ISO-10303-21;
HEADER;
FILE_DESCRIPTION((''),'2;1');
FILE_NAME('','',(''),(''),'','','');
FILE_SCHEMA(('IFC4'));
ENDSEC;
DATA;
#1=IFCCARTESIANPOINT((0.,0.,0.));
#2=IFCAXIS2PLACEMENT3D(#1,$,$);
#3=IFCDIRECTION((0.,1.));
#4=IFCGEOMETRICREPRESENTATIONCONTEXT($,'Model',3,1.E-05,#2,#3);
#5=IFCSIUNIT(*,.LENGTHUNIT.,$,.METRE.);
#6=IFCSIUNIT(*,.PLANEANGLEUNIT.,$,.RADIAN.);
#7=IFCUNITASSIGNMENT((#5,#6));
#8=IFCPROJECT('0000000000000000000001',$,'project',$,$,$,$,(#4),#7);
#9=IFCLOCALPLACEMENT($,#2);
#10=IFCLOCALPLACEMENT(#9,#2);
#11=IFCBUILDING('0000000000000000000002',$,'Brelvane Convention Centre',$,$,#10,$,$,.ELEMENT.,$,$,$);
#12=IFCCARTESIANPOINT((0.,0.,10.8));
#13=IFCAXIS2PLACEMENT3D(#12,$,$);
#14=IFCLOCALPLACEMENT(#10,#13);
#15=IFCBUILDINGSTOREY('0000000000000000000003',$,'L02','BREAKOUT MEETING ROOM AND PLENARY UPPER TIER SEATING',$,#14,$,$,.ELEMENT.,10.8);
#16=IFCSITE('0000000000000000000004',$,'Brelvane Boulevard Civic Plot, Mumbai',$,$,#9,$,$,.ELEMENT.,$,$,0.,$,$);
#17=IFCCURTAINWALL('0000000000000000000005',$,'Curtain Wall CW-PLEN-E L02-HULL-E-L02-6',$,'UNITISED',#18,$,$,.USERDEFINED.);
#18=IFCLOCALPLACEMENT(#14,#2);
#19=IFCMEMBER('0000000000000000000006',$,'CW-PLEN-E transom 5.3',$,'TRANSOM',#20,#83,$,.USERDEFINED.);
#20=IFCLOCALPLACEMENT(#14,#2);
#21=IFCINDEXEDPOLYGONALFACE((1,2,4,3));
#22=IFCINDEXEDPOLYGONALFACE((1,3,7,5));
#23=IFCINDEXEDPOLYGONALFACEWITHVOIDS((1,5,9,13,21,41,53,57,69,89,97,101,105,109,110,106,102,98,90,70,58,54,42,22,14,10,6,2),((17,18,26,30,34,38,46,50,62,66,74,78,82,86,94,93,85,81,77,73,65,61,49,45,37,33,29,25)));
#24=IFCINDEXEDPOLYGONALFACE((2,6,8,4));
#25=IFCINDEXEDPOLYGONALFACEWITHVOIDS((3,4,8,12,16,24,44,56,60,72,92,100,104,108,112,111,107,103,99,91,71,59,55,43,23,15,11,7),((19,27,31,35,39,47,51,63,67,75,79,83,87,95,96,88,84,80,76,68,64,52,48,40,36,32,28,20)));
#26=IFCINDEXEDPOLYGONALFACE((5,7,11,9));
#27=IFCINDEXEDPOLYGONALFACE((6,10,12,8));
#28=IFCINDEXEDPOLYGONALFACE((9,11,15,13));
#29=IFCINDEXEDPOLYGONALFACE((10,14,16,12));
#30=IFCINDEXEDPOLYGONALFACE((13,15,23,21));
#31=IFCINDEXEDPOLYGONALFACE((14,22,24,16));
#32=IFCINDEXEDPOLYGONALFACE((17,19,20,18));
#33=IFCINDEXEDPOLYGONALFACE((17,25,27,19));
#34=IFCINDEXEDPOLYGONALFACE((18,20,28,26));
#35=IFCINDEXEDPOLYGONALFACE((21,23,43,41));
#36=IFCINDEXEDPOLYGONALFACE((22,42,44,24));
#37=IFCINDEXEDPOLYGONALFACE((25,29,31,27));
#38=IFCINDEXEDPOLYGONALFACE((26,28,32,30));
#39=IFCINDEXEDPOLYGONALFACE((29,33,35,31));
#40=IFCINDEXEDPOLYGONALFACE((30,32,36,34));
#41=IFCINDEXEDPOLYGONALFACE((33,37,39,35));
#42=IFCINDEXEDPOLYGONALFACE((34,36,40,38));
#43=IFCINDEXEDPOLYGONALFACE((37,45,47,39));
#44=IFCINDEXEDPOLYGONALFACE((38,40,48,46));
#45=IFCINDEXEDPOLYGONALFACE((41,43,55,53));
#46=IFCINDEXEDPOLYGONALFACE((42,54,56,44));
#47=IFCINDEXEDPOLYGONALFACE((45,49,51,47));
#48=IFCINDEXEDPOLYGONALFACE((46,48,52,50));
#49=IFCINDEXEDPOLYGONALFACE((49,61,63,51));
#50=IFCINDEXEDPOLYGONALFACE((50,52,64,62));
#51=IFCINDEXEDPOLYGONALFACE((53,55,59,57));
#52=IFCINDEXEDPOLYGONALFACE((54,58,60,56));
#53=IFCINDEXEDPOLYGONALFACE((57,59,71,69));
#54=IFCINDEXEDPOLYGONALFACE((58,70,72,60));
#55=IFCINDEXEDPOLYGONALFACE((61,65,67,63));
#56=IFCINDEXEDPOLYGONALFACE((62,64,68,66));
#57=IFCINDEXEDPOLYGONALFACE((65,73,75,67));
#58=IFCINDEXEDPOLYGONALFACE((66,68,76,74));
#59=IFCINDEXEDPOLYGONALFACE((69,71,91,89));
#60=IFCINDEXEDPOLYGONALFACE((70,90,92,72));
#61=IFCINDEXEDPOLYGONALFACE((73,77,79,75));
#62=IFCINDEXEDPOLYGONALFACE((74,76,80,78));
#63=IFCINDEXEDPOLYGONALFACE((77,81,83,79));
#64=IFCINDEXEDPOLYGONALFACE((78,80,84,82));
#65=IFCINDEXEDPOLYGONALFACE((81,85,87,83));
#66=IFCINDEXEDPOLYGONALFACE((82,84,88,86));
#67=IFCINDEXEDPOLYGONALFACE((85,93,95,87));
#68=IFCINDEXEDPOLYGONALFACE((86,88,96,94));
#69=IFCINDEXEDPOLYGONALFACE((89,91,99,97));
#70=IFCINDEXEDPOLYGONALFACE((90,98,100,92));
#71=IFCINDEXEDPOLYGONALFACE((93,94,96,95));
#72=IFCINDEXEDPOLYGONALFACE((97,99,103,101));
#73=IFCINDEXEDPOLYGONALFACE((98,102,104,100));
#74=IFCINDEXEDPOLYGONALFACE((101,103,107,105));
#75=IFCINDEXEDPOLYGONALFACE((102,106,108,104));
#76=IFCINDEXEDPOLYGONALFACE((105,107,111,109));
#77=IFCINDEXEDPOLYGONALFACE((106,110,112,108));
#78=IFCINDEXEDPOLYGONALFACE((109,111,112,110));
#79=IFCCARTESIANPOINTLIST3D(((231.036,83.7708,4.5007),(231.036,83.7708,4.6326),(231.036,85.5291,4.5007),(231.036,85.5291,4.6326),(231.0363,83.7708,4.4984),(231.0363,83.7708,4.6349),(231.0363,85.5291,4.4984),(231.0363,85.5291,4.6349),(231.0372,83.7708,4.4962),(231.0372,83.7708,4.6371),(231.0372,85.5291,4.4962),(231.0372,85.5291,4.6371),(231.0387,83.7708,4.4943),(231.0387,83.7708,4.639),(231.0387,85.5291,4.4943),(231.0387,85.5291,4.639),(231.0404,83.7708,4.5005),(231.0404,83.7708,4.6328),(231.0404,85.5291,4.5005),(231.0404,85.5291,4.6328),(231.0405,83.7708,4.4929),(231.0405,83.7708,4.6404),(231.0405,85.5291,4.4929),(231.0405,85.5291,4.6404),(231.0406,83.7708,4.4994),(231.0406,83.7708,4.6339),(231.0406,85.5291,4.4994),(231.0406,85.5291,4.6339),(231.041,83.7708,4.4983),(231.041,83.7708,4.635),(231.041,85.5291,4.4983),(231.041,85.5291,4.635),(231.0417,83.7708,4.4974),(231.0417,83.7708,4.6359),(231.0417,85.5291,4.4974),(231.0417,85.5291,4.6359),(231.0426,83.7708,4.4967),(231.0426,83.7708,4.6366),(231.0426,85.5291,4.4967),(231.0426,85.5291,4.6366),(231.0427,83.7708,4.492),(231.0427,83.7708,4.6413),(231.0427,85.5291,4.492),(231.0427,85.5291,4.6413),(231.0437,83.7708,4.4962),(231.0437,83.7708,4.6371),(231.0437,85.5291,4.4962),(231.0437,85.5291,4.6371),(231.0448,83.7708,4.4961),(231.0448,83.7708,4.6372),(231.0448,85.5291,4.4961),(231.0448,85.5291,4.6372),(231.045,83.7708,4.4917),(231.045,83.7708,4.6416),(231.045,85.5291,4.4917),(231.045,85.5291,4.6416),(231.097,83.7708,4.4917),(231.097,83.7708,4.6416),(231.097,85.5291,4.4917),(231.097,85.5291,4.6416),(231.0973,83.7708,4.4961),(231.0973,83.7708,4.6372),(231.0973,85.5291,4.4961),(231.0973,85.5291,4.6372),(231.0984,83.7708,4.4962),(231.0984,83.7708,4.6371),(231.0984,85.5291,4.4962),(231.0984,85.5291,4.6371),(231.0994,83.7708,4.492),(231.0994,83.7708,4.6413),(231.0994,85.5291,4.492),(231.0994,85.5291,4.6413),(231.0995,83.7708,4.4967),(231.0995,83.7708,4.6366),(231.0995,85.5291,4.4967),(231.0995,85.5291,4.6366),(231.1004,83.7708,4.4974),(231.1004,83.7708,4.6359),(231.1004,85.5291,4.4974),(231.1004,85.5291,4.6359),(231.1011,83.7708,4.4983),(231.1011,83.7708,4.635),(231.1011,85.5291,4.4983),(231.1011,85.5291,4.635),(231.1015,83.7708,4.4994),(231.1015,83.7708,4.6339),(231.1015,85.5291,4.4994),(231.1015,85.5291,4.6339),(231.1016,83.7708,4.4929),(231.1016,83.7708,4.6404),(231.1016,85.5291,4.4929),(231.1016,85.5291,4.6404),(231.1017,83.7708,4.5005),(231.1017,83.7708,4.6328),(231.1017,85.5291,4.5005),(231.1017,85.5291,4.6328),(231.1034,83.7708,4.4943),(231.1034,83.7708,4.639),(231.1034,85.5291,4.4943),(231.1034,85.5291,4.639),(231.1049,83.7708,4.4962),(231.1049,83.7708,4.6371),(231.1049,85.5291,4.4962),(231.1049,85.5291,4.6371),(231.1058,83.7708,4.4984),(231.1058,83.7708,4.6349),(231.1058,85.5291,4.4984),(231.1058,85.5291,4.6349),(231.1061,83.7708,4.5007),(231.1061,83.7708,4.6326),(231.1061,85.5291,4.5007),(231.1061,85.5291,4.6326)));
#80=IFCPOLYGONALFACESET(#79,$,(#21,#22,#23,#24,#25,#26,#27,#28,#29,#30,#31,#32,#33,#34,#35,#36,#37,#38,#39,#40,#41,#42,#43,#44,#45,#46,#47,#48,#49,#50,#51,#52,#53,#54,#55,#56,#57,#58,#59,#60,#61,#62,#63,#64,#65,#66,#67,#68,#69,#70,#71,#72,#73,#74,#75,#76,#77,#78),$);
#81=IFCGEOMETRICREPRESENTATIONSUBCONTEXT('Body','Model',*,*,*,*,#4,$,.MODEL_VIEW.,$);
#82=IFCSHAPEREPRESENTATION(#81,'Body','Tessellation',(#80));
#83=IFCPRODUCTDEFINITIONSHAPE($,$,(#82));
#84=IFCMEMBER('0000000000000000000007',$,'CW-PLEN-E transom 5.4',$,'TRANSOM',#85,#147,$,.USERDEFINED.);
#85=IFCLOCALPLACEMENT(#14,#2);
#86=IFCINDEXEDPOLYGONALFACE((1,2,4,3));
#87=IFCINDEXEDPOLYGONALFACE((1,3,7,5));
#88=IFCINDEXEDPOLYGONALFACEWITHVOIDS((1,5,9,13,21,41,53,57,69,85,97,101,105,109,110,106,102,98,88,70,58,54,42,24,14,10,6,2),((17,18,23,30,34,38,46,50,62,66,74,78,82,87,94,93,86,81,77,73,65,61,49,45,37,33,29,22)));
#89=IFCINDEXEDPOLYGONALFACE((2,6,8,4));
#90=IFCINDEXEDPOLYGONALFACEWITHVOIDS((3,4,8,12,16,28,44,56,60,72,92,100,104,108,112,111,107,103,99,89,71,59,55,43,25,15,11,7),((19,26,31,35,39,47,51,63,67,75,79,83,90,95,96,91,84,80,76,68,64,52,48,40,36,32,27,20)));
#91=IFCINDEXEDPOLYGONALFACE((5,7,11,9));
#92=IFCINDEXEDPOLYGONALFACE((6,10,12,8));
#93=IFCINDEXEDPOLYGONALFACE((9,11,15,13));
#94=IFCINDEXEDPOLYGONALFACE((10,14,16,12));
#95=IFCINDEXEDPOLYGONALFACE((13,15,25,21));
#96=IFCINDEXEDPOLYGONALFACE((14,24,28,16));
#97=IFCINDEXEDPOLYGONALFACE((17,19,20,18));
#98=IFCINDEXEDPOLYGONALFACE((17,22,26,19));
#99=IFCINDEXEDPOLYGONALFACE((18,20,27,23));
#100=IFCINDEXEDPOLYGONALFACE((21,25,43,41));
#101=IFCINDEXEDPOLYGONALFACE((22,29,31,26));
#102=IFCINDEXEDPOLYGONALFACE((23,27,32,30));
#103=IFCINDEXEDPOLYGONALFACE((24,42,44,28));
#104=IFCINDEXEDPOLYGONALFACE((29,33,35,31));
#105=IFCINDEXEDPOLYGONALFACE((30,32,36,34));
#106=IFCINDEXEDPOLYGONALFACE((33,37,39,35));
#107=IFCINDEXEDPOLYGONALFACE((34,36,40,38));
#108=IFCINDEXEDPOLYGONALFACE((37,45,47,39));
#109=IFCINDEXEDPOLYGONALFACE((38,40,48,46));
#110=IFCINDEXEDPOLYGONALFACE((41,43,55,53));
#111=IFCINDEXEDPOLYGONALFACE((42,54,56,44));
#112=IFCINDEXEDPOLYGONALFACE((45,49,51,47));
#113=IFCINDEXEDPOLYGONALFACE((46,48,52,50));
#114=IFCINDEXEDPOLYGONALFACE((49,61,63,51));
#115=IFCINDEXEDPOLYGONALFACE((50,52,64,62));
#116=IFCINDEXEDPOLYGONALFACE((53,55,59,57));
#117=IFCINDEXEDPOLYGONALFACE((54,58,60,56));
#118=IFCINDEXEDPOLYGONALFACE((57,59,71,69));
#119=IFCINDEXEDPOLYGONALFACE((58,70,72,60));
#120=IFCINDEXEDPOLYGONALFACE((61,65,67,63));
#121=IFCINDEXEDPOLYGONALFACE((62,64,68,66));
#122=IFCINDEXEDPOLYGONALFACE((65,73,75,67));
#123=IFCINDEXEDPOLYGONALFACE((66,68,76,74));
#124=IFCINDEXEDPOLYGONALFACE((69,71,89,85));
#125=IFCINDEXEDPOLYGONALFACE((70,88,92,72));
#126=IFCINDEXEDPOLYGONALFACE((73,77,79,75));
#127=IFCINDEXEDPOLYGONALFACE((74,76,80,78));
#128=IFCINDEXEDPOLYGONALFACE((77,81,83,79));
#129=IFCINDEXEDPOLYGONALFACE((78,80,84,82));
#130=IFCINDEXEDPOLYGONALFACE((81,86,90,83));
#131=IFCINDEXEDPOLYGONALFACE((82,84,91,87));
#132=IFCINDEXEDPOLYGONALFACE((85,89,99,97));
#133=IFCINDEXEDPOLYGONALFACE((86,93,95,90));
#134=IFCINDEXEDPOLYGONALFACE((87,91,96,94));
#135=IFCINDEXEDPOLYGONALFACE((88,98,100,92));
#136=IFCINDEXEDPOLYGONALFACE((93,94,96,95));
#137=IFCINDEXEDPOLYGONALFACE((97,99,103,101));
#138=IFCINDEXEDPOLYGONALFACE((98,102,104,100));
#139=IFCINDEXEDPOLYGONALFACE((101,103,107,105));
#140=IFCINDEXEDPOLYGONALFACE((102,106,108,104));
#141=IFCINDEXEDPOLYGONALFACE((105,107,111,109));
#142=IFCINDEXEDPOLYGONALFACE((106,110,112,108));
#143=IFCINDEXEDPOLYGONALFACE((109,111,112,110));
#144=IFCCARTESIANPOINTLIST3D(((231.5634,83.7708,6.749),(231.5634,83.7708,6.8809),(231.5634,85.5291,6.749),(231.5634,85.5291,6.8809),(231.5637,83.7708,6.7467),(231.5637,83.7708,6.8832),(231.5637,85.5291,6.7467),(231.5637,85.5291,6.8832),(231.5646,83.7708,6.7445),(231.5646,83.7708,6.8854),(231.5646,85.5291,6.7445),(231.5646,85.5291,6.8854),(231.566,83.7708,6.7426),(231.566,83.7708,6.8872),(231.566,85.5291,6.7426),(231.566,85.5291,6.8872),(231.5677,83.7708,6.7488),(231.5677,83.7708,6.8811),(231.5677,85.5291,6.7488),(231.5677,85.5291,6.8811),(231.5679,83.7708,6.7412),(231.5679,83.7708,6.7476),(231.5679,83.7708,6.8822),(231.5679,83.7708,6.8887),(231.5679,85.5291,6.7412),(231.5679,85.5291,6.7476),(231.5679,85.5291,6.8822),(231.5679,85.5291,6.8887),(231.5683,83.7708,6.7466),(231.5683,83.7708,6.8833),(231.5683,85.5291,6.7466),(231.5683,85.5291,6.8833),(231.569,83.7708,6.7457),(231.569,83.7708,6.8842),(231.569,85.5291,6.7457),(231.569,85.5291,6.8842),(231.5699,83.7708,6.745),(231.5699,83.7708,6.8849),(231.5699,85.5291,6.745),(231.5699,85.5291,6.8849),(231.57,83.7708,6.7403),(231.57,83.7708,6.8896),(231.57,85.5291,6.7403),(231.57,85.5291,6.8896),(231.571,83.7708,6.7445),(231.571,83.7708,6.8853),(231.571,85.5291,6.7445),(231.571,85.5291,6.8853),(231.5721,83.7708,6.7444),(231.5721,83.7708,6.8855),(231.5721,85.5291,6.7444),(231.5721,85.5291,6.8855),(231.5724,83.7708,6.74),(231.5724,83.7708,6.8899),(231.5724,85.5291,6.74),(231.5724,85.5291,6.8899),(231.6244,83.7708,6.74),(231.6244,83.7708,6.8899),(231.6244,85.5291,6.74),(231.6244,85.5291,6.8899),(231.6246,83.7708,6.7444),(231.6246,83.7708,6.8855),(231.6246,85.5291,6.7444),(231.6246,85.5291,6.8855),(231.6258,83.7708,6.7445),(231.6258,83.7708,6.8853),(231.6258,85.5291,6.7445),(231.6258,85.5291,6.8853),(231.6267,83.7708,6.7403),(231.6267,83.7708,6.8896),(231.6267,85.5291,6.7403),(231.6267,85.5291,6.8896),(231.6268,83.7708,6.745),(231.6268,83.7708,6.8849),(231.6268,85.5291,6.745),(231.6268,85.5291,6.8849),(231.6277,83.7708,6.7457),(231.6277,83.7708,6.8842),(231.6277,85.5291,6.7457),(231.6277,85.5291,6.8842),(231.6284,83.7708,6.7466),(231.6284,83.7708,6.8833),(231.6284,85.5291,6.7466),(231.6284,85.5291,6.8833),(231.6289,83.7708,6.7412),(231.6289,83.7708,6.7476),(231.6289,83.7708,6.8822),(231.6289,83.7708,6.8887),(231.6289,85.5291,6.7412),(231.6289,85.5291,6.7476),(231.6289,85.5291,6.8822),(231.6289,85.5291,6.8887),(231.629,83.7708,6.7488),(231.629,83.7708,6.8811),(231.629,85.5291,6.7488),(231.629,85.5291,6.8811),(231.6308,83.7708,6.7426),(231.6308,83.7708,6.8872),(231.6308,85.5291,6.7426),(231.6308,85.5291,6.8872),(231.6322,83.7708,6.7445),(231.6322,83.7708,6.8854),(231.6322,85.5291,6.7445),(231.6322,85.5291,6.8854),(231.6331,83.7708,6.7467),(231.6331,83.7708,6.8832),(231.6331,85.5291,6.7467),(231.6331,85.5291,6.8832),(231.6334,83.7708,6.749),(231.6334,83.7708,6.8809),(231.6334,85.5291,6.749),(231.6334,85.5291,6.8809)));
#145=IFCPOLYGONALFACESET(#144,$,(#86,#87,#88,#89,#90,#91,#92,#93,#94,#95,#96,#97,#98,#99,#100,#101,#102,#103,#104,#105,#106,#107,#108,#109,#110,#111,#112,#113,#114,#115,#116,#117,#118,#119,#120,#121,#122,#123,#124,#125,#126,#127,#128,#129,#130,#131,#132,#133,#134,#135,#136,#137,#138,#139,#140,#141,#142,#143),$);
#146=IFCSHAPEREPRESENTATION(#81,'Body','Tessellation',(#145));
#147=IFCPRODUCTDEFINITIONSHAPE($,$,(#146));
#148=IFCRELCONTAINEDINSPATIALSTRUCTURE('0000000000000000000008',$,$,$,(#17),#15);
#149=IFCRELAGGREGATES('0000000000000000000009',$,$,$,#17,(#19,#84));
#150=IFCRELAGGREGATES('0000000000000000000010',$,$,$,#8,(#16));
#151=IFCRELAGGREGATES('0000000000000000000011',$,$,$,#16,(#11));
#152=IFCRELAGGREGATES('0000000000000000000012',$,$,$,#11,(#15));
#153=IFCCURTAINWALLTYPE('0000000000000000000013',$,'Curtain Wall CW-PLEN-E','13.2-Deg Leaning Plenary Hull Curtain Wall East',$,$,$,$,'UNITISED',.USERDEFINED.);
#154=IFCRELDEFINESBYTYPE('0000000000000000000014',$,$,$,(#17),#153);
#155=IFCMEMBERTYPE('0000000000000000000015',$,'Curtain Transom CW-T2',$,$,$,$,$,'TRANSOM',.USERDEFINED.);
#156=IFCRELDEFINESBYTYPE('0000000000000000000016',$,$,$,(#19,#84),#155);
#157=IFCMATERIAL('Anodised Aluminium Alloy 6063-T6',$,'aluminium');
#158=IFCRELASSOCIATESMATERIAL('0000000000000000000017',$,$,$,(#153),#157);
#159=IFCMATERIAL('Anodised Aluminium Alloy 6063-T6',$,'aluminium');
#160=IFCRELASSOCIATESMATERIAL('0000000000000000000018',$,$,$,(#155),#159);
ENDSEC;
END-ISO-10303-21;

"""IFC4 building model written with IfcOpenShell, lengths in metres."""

from ifc_helpers import new_model, si_unit, direction, frame, origin, origin_2d, place, context, subcontext, project, spatial, hollow_rectangle, extrude, material, material_profile, profile_set, type_object, element, aggregate, save


model = new_model("IFC4")

# Units and contexts
model_context = context("Model", 3, precision=1e-05, world=origin(), true_north=direction((0.0, 1.0)))
body_context = subcontext(model_context, "Body", "Model", "MODEL_VIEW")
ifc_project = project(units=[si_unit("LENGTHUNIT", "METRE"), si_unit("PLANEANGLEUNIT", "RADIAN")], contexts=[model_context])

# Site, building, storey
site_placement = place(None, origin())
site = spatial("IfcSite", under=ifc_project, at=site_placement, Name="Brelvane Boulevard Civic Plot, Mumbai", CompositionType="ELEMENT", RefElevation=0.0)
building_placement = place(site_placement, origin())
building = spatial("IfcBuilding", under=site, at=building_placement, Name="Brelvane Convention Centre", CompositionType="ELEMENT")
storey_placement = place(building_placement, frame((0.0, 0.0, 10.8)))
storey = spatial("IfcBuildingStorey", under=building, at=storey_placement, Name="L02", Description="BREAKOUT MEETING ROOM AND PLENARY UPPER TIER SEATING", CompositionType="ELEMENT", Elevation=10.8)

# Curtain wall, members
ifc_material_1 = material(Name="Anodised Aluminium Alloy 6063-T6", Category="aluminium")
curtain_wall_type = type_object("IfcCurtainWallType", Name="Curtain Wall CW-PLEN-E", Description="13.2-Deg Leaning Plenary Hull Curtain Wall East", ElementType="UNITISED", PredefinedType="USERDEFINED", material=ifc_material_1)
curtain_wall_placement = place(storey_placement, origin())
curtain_wall = element("IfcCurtainWall", 1, at=curtain_wall_placement, inside=storey, type_object=curtain_wall_type, Name="Curtain Wall CW-PLEN-E L02-HULL-E-L02-6", ObjectType="UNITISED", PredefinedType="USERDEFINED")
ifc_material_2 = material(Name="Anodised Aluminium Alloy 6063-T6", Category="aluminium")
ifc_material_profile = material_profile(ifc_material_2, hollow_rectangle(XDim=0.0701, YDim=0.1499, WallThickness=0.0044, InnerFilletRadius=0.0044, OuterFilletRadius=0.009, at=origin_2d()), Name="ALU-T 150x70x4.5")
ifc_profile_set = profile_set([ifc_material_profile], Name="Anodised Aluminium Alloy 6063-T6")
member_type = type_object("IfcMemberType", Name="Curtain Transom CW-T2", ElementType="TRANSOM", PredefinedType="USERDEFINED", material=ifc_profile_set)
member_1_placement = place(storey_placement, frame((231.071, 83.7708, 4.5667), z_axis=(0.0, 1.0, 0.0), x_axis=(-1.0, 0.0, 0.0)))
member_1 = element("IfcMember", 2, at=member_1_placement, type_object=member_type, Name="CW-PLEN-E transom 5.3", ObjectType="TRANSOM", PredefinedType="USERDEFINED", context=body_context, shape_type="SweptSolid", body=[
    extrude(hollow_rectangle(XDim=0.0701, YDim=0.1499, WallThickness=0.0044, InnerFilletRadius=0.0044, OuterFilletRadius=0.009, at=origin_2d()), origin(), (0.0, 0.0, 1.0), 1.7583),
])
member_2_placement = place(storey_placement, frame((231.5984, 83.7708, 6.8149), z_axis=(0.0, 1.0, 0.0), x_axis=(-1.0, 0.0, 0.0)))
member_2 = element("IfcMember", 3, at=member_2_placement, type_object=member_type, Name="CW-PLEN-E transom 5.4", ObjectType="TRANSOM", PredefinedType="USERDEFINED", context=body_context, shape_type="SweptSolid", body=[
    extrude(hollow_rectangle(XDim=0.0701, YDim=0.1499, WallThickness=0.0044, InnerFilletRadius=0.0044, OuterFilletRadius=0.009, at=origin_2d()), origin(), (0.0, 0.0, 1.0), 1.7583),
])
aggregate(curtain_wall, [member_1, member_2])

save(model, "model.ifc")
